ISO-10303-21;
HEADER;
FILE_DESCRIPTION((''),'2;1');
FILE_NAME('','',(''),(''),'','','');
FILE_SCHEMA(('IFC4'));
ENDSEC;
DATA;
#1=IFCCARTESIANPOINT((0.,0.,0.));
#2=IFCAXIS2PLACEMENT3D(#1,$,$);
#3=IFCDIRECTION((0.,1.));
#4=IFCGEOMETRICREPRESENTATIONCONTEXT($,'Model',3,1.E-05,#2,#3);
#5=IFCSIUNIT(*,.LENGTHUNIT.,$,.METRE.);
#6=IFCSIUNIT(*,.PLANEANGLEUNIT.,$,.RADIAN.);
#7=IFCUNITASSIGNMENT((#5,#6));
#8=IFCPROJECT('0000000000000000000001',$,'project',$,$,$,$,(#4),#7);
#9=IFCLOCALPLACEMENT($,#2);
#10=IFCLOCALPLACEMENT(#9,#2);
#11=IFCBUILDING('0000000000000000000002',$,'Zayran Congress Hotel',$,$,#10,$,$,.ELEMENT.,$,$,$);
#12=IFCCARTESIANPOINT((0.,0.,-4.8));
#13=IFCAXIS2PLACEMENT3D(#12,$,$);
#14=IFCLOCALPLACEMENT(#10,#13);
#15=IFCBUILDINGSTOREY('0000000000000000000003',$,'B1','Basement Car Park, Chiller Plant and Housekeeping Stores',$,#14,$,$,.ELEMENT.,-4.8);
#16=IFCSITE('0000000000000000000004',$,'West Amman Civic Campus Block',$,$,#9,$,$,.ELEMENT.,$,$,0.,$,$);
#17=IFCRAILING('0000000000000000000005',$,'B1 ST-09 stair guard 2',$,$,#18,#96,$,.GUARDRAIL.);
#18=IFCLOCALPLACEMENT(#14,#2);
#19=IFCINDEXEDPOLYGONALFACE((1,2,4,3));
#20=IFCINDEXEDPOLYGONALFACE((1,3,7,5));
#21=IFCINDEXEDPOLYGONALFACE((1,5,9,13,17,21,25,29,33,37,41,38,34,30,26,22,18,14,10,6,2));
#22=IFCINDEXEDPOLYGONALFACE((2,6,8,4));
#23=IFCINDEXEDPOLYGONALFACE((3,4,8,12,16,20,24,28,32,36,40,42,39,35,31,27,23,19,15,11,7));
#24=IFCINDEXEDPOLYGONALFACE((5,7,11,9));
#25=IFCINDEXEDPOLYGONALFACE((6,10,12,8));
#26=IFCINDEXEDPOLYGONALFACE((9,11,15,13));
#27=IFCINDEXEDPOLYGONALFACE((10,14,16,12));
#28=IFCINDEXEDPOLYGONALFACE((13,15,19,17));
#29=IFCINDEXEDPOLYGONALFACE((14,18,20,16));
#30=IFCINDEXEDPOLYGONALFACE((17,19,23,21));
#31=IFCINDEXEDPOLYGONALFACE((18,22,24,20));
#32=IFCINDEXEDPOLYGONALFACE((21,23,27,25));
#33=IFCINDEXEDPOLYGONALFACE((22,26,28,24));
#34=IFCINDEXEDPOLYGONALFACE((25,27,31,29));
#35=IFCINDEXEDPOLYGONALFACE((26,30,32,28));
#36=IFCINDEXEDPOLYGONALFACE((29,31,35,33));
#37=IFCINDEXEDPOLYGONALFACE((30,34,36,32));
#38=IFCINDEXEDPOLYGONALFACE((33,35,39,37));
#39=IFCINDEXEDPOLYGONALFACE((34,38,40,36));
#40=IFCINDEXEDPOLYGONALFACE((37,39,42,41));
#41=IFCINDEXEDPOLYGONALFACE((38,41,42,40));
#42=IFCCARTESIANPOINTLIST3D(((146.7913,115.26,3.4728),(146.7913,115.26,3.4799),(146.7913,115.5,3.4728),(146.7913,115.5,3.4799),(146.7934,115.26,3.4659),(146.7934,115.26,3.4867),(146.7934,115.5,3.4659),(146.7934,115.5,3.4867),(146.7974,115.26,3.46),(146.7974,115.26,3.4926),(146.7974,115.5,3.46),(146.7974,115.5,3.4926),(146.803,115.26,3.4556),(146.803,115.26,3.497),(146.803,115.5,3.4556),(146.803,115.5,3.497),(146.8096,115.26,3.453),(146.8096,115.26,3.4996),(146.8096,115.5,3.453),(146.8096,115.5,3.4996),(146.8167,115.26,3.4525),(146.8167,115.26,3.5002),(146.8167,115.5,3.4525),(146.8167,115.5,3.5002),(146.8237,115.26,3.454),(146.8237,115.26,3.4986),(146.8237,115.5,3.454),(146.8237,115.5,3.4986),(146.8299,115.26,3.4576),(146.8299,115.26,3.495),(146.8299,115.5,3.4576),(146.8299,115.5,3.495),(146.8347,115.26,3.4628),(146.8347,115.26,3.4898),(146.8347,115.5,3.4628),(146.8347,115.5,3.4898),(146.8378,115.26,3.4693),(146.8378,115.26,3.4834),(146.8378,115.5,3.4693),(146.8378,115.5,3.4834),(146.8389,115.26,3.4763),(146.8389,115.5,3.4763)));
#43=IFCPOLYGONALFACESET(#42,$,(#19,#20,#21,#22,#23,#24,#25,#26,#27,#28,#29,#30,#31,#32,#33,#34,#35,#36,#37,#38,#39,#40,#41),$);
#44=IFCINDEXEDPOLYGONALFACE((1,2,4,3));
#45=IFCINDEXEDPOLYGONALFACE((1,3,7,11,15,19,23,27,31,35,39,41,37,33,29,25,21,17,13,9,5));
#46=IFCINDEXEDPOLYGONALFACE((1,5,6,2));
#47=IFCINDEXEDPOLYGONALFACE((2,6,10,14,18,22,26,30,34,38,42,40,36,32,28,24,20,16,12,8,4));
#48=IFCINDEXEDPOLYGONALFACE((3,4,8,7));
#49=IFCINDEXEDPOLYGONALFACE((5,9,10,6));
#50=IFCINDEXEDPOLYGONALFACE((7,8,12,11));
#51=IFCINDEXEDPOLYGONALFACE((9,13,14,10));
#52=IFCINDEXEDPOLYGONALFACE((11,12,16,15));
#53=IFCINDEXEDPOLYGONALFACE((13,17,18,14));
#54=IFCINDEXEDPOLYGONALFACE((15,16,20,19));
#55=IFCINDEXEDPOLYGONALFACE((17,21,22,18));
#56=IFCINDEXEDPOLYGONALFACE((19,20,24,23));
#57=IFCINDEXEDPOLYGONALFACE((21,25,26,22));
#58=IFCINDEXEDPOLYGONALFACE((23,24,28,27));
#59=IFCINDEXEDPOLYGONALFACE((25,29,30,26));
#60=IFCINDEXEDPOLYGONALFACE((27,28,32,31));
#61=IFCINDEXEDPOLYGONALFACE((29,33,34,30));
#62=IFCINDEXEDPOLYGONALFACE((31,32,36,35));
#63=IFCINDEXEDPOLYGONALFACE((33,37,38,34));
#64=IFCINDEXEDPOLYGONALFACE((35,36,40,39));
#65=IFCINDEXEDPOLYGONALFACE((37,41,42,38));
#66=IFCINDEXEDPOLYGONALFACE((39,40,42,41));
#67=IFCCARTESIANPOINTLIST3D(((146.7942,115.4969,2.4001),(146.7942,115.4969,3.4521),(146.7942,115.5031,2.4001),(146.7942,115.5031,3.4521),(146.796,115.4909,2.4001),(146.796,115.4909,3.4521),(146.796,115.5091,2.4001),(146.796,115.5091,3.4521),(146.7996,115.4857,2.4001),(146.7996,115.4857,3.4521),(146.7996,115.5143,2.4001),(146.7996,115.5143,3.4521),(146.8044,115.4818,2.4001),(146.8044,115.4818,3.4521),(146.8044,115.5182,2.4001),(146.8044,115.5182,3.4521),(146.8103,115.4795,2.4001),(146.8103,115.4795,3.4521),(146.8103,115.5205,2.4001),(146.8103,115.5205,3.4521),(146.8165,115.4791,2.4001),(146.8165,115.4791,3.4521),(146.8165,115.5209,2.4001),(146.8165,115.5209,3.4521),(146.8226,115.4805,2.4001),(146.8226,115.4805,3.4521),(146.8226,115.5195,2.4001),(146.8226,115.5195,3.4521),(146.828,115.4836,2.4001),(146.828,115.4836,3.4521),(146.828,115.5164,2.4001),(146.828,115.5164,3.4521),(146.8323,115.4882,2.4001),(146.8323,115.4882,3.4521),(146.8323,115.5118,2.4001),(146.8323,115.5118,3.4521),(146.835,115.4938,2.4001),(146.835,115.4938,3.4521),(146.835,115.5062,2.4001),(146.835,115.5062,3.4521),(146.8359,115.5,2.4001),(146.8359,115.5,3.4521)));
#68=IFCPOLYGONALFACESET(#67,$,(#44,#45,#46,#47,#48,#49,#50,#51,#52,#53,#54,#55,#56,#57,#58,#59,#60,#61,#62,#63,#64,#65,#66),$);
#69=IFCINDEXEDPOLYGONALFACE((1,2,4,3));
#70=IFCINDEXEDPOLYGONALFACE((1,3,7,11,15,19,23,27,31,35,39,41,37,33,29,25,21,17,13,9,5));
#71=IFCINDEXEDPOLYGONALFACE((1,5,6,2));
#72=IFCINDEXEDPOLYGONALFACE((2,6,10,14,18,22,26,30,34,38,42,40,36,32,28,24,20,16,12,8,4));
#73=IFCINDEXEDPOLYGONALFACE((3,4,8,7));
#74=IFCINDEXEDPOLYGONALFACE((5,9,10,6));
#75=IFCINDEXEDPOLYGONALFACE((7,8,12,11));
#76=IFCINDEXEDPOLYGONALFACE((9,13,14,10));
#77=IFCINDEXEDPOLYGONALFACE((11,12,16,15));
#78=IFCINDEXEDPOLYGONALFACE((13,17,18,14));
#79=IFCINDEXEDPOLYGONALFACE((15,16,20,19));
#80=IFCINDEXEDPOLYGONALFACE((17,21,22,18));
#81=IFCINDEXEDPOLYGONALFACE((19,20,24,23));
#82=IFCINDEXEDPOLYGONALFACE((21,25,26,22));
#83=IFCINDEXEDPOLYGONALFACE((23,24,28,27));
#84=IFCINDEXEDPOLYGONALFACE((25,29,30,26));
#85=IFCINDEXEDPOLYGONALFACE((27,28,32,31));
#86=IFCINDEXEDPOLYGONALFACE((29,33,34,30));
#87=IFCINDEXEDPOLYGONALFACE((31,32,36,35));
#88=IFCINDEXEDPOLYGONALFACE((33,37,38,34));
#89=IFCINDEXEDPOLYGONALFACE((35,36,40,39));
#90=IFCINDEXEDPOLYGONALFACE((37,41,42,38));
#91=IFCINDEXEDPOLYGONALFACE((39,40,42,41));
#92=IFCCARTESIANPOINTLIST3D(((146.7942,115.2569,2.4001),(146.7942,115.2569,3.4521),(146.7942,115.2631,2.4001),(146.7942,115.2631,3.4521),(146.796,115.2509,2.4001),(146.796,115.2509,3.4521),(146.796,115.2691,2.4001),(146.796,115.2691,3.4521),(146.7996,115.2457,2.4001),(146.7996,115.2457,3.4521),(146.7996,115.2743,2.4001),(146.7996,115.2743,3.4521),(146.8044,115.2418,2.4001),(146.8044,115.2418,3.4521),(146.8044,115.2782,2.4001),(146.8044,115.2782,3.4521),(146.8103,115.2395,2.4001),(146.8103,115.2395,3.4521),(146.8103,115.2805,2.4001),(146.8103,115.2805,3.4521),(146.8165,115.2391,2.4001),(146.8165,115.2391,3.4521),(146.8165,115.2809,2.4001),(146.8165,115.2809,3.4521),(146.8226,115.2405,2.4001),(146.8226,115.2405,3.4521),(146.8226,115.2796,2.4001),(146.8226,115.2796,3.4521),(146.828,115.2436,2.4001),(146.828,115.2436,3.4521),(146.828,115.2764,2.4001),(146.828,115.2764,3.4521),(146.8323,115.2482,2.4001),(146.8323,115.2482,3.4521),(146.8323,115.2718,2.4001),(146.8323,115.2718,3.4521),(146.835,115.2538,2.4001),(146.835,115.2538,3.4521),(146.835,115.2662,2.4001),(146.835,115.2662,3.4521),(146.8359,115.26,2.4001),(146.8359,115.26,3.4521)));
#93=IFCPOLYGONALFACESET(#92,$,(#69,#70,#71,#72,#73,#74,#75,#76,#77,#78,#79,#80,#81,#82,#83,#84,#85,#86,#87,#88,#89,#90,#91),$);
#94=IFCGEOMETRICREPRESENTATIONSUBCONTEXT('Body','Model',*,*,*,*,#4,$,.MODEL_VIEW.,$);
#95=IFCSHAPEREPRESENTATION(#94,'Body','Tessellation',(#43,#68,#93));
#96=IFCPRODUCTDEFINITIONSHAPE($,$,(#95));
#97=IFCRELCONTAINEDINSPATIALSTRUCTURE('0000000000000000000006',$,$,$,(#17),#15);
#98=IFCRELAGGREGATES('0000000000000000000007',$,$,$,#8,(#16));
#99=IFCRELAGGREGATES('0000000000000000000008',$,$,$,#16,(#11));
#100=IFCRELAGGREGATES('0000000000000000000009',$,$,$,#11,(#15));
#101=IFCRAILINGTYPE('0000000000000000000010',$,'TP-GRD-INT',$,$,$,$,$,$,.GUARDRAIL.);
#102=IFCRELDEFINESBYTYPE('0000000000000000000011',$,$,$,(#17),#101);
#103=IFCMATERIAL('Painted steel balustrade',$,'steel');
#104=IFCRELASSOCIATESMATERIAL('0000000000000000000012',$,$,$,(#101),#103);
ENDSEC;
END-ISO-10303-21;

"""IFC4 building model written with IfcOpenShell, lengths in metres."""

from ifc_helpers import new_model, si_unit, direction, frame, origin, origin_2d, place, context, subcontext, project, spatial, circle, extrude, material, type_object, element, save


model = new_model("IFC4")

# Units and contexts
model_context = context("Model", 3, precision=1e-05, world=origin(), true_north=direction((0.0, 1.0)))
body_context = subcontext(model_context, "Body", "Model", "MODEL_VIEW")
ifc_project = project(units=[si_unit("LENGTHUNIT", "METRE"), si_unit("PLANEANGLEUNIT", "RADIAN")], contexts=[model_context])

# Site, building, storey
site_placement = place(None, origin())
site = spatial("IfcSite", under=ifc_project, at=site_placement, Name="West Amman Civic Campus Block", CompositionType="ELEMENT", RefElevation=0.0)
building_placement = place(site_placement, origin())
building = spatial("IfcBuilding", under=site, at=building_placement, Name="Zayran Congress Hotel", CompositionType="ELEMENT")
storey_placement = place(building_placement, frame((0.0, 0.0, -4.8)))
storey = spatial("IfcBuildingStorey", under=building, at=storey_placement, Name="B1", Description="Basement Car Park, Chiller Plant and Housekeeping Stores", CompositionType="ELEMENT", Elevation=-4.8)

# Railing
ifc_material_1 = material(Name="Painted steel balustrade", Category="steel")
railing_type_1 = type_object("IfcRailingType", Name="TP-GRD-INT", PredefinedType="GUARDRAIL", material=ifc_material_1)
railing_1_placement = place(storey_placement, frame((146.8149, 115.5, 2.4001)))
element("IfcRailing", 1, at=railing_1_placement, inside=storey, type_object=railing_type_1, Name="B1 ST-09 stair guard 2", PredefinedType="GUARDRAIL", context=body_context, shape_type="SweptSolid", body=[
    extrude(circle(Radius=0.0239, at=origin_2d()), frame((0.0, 0.0, 1.0762), z_axis=(0.0, -1.0, 0.0), x_axis=(1.0, 0.0, 0.0)), (0.0, 0.0, 1.0), 0.24),
    extrude(circle(Radius=0.021, at=origin_2d()), origin(), (0.0, 0.0, 1.0), 1.052),
    extrude(circle(Radius=0.021, at=origin_2d()), frame((0.0, -0.24, 0.0)), (0.0, 0.0, 1.0), 1.052),
])

save(model, "model.ifc")
